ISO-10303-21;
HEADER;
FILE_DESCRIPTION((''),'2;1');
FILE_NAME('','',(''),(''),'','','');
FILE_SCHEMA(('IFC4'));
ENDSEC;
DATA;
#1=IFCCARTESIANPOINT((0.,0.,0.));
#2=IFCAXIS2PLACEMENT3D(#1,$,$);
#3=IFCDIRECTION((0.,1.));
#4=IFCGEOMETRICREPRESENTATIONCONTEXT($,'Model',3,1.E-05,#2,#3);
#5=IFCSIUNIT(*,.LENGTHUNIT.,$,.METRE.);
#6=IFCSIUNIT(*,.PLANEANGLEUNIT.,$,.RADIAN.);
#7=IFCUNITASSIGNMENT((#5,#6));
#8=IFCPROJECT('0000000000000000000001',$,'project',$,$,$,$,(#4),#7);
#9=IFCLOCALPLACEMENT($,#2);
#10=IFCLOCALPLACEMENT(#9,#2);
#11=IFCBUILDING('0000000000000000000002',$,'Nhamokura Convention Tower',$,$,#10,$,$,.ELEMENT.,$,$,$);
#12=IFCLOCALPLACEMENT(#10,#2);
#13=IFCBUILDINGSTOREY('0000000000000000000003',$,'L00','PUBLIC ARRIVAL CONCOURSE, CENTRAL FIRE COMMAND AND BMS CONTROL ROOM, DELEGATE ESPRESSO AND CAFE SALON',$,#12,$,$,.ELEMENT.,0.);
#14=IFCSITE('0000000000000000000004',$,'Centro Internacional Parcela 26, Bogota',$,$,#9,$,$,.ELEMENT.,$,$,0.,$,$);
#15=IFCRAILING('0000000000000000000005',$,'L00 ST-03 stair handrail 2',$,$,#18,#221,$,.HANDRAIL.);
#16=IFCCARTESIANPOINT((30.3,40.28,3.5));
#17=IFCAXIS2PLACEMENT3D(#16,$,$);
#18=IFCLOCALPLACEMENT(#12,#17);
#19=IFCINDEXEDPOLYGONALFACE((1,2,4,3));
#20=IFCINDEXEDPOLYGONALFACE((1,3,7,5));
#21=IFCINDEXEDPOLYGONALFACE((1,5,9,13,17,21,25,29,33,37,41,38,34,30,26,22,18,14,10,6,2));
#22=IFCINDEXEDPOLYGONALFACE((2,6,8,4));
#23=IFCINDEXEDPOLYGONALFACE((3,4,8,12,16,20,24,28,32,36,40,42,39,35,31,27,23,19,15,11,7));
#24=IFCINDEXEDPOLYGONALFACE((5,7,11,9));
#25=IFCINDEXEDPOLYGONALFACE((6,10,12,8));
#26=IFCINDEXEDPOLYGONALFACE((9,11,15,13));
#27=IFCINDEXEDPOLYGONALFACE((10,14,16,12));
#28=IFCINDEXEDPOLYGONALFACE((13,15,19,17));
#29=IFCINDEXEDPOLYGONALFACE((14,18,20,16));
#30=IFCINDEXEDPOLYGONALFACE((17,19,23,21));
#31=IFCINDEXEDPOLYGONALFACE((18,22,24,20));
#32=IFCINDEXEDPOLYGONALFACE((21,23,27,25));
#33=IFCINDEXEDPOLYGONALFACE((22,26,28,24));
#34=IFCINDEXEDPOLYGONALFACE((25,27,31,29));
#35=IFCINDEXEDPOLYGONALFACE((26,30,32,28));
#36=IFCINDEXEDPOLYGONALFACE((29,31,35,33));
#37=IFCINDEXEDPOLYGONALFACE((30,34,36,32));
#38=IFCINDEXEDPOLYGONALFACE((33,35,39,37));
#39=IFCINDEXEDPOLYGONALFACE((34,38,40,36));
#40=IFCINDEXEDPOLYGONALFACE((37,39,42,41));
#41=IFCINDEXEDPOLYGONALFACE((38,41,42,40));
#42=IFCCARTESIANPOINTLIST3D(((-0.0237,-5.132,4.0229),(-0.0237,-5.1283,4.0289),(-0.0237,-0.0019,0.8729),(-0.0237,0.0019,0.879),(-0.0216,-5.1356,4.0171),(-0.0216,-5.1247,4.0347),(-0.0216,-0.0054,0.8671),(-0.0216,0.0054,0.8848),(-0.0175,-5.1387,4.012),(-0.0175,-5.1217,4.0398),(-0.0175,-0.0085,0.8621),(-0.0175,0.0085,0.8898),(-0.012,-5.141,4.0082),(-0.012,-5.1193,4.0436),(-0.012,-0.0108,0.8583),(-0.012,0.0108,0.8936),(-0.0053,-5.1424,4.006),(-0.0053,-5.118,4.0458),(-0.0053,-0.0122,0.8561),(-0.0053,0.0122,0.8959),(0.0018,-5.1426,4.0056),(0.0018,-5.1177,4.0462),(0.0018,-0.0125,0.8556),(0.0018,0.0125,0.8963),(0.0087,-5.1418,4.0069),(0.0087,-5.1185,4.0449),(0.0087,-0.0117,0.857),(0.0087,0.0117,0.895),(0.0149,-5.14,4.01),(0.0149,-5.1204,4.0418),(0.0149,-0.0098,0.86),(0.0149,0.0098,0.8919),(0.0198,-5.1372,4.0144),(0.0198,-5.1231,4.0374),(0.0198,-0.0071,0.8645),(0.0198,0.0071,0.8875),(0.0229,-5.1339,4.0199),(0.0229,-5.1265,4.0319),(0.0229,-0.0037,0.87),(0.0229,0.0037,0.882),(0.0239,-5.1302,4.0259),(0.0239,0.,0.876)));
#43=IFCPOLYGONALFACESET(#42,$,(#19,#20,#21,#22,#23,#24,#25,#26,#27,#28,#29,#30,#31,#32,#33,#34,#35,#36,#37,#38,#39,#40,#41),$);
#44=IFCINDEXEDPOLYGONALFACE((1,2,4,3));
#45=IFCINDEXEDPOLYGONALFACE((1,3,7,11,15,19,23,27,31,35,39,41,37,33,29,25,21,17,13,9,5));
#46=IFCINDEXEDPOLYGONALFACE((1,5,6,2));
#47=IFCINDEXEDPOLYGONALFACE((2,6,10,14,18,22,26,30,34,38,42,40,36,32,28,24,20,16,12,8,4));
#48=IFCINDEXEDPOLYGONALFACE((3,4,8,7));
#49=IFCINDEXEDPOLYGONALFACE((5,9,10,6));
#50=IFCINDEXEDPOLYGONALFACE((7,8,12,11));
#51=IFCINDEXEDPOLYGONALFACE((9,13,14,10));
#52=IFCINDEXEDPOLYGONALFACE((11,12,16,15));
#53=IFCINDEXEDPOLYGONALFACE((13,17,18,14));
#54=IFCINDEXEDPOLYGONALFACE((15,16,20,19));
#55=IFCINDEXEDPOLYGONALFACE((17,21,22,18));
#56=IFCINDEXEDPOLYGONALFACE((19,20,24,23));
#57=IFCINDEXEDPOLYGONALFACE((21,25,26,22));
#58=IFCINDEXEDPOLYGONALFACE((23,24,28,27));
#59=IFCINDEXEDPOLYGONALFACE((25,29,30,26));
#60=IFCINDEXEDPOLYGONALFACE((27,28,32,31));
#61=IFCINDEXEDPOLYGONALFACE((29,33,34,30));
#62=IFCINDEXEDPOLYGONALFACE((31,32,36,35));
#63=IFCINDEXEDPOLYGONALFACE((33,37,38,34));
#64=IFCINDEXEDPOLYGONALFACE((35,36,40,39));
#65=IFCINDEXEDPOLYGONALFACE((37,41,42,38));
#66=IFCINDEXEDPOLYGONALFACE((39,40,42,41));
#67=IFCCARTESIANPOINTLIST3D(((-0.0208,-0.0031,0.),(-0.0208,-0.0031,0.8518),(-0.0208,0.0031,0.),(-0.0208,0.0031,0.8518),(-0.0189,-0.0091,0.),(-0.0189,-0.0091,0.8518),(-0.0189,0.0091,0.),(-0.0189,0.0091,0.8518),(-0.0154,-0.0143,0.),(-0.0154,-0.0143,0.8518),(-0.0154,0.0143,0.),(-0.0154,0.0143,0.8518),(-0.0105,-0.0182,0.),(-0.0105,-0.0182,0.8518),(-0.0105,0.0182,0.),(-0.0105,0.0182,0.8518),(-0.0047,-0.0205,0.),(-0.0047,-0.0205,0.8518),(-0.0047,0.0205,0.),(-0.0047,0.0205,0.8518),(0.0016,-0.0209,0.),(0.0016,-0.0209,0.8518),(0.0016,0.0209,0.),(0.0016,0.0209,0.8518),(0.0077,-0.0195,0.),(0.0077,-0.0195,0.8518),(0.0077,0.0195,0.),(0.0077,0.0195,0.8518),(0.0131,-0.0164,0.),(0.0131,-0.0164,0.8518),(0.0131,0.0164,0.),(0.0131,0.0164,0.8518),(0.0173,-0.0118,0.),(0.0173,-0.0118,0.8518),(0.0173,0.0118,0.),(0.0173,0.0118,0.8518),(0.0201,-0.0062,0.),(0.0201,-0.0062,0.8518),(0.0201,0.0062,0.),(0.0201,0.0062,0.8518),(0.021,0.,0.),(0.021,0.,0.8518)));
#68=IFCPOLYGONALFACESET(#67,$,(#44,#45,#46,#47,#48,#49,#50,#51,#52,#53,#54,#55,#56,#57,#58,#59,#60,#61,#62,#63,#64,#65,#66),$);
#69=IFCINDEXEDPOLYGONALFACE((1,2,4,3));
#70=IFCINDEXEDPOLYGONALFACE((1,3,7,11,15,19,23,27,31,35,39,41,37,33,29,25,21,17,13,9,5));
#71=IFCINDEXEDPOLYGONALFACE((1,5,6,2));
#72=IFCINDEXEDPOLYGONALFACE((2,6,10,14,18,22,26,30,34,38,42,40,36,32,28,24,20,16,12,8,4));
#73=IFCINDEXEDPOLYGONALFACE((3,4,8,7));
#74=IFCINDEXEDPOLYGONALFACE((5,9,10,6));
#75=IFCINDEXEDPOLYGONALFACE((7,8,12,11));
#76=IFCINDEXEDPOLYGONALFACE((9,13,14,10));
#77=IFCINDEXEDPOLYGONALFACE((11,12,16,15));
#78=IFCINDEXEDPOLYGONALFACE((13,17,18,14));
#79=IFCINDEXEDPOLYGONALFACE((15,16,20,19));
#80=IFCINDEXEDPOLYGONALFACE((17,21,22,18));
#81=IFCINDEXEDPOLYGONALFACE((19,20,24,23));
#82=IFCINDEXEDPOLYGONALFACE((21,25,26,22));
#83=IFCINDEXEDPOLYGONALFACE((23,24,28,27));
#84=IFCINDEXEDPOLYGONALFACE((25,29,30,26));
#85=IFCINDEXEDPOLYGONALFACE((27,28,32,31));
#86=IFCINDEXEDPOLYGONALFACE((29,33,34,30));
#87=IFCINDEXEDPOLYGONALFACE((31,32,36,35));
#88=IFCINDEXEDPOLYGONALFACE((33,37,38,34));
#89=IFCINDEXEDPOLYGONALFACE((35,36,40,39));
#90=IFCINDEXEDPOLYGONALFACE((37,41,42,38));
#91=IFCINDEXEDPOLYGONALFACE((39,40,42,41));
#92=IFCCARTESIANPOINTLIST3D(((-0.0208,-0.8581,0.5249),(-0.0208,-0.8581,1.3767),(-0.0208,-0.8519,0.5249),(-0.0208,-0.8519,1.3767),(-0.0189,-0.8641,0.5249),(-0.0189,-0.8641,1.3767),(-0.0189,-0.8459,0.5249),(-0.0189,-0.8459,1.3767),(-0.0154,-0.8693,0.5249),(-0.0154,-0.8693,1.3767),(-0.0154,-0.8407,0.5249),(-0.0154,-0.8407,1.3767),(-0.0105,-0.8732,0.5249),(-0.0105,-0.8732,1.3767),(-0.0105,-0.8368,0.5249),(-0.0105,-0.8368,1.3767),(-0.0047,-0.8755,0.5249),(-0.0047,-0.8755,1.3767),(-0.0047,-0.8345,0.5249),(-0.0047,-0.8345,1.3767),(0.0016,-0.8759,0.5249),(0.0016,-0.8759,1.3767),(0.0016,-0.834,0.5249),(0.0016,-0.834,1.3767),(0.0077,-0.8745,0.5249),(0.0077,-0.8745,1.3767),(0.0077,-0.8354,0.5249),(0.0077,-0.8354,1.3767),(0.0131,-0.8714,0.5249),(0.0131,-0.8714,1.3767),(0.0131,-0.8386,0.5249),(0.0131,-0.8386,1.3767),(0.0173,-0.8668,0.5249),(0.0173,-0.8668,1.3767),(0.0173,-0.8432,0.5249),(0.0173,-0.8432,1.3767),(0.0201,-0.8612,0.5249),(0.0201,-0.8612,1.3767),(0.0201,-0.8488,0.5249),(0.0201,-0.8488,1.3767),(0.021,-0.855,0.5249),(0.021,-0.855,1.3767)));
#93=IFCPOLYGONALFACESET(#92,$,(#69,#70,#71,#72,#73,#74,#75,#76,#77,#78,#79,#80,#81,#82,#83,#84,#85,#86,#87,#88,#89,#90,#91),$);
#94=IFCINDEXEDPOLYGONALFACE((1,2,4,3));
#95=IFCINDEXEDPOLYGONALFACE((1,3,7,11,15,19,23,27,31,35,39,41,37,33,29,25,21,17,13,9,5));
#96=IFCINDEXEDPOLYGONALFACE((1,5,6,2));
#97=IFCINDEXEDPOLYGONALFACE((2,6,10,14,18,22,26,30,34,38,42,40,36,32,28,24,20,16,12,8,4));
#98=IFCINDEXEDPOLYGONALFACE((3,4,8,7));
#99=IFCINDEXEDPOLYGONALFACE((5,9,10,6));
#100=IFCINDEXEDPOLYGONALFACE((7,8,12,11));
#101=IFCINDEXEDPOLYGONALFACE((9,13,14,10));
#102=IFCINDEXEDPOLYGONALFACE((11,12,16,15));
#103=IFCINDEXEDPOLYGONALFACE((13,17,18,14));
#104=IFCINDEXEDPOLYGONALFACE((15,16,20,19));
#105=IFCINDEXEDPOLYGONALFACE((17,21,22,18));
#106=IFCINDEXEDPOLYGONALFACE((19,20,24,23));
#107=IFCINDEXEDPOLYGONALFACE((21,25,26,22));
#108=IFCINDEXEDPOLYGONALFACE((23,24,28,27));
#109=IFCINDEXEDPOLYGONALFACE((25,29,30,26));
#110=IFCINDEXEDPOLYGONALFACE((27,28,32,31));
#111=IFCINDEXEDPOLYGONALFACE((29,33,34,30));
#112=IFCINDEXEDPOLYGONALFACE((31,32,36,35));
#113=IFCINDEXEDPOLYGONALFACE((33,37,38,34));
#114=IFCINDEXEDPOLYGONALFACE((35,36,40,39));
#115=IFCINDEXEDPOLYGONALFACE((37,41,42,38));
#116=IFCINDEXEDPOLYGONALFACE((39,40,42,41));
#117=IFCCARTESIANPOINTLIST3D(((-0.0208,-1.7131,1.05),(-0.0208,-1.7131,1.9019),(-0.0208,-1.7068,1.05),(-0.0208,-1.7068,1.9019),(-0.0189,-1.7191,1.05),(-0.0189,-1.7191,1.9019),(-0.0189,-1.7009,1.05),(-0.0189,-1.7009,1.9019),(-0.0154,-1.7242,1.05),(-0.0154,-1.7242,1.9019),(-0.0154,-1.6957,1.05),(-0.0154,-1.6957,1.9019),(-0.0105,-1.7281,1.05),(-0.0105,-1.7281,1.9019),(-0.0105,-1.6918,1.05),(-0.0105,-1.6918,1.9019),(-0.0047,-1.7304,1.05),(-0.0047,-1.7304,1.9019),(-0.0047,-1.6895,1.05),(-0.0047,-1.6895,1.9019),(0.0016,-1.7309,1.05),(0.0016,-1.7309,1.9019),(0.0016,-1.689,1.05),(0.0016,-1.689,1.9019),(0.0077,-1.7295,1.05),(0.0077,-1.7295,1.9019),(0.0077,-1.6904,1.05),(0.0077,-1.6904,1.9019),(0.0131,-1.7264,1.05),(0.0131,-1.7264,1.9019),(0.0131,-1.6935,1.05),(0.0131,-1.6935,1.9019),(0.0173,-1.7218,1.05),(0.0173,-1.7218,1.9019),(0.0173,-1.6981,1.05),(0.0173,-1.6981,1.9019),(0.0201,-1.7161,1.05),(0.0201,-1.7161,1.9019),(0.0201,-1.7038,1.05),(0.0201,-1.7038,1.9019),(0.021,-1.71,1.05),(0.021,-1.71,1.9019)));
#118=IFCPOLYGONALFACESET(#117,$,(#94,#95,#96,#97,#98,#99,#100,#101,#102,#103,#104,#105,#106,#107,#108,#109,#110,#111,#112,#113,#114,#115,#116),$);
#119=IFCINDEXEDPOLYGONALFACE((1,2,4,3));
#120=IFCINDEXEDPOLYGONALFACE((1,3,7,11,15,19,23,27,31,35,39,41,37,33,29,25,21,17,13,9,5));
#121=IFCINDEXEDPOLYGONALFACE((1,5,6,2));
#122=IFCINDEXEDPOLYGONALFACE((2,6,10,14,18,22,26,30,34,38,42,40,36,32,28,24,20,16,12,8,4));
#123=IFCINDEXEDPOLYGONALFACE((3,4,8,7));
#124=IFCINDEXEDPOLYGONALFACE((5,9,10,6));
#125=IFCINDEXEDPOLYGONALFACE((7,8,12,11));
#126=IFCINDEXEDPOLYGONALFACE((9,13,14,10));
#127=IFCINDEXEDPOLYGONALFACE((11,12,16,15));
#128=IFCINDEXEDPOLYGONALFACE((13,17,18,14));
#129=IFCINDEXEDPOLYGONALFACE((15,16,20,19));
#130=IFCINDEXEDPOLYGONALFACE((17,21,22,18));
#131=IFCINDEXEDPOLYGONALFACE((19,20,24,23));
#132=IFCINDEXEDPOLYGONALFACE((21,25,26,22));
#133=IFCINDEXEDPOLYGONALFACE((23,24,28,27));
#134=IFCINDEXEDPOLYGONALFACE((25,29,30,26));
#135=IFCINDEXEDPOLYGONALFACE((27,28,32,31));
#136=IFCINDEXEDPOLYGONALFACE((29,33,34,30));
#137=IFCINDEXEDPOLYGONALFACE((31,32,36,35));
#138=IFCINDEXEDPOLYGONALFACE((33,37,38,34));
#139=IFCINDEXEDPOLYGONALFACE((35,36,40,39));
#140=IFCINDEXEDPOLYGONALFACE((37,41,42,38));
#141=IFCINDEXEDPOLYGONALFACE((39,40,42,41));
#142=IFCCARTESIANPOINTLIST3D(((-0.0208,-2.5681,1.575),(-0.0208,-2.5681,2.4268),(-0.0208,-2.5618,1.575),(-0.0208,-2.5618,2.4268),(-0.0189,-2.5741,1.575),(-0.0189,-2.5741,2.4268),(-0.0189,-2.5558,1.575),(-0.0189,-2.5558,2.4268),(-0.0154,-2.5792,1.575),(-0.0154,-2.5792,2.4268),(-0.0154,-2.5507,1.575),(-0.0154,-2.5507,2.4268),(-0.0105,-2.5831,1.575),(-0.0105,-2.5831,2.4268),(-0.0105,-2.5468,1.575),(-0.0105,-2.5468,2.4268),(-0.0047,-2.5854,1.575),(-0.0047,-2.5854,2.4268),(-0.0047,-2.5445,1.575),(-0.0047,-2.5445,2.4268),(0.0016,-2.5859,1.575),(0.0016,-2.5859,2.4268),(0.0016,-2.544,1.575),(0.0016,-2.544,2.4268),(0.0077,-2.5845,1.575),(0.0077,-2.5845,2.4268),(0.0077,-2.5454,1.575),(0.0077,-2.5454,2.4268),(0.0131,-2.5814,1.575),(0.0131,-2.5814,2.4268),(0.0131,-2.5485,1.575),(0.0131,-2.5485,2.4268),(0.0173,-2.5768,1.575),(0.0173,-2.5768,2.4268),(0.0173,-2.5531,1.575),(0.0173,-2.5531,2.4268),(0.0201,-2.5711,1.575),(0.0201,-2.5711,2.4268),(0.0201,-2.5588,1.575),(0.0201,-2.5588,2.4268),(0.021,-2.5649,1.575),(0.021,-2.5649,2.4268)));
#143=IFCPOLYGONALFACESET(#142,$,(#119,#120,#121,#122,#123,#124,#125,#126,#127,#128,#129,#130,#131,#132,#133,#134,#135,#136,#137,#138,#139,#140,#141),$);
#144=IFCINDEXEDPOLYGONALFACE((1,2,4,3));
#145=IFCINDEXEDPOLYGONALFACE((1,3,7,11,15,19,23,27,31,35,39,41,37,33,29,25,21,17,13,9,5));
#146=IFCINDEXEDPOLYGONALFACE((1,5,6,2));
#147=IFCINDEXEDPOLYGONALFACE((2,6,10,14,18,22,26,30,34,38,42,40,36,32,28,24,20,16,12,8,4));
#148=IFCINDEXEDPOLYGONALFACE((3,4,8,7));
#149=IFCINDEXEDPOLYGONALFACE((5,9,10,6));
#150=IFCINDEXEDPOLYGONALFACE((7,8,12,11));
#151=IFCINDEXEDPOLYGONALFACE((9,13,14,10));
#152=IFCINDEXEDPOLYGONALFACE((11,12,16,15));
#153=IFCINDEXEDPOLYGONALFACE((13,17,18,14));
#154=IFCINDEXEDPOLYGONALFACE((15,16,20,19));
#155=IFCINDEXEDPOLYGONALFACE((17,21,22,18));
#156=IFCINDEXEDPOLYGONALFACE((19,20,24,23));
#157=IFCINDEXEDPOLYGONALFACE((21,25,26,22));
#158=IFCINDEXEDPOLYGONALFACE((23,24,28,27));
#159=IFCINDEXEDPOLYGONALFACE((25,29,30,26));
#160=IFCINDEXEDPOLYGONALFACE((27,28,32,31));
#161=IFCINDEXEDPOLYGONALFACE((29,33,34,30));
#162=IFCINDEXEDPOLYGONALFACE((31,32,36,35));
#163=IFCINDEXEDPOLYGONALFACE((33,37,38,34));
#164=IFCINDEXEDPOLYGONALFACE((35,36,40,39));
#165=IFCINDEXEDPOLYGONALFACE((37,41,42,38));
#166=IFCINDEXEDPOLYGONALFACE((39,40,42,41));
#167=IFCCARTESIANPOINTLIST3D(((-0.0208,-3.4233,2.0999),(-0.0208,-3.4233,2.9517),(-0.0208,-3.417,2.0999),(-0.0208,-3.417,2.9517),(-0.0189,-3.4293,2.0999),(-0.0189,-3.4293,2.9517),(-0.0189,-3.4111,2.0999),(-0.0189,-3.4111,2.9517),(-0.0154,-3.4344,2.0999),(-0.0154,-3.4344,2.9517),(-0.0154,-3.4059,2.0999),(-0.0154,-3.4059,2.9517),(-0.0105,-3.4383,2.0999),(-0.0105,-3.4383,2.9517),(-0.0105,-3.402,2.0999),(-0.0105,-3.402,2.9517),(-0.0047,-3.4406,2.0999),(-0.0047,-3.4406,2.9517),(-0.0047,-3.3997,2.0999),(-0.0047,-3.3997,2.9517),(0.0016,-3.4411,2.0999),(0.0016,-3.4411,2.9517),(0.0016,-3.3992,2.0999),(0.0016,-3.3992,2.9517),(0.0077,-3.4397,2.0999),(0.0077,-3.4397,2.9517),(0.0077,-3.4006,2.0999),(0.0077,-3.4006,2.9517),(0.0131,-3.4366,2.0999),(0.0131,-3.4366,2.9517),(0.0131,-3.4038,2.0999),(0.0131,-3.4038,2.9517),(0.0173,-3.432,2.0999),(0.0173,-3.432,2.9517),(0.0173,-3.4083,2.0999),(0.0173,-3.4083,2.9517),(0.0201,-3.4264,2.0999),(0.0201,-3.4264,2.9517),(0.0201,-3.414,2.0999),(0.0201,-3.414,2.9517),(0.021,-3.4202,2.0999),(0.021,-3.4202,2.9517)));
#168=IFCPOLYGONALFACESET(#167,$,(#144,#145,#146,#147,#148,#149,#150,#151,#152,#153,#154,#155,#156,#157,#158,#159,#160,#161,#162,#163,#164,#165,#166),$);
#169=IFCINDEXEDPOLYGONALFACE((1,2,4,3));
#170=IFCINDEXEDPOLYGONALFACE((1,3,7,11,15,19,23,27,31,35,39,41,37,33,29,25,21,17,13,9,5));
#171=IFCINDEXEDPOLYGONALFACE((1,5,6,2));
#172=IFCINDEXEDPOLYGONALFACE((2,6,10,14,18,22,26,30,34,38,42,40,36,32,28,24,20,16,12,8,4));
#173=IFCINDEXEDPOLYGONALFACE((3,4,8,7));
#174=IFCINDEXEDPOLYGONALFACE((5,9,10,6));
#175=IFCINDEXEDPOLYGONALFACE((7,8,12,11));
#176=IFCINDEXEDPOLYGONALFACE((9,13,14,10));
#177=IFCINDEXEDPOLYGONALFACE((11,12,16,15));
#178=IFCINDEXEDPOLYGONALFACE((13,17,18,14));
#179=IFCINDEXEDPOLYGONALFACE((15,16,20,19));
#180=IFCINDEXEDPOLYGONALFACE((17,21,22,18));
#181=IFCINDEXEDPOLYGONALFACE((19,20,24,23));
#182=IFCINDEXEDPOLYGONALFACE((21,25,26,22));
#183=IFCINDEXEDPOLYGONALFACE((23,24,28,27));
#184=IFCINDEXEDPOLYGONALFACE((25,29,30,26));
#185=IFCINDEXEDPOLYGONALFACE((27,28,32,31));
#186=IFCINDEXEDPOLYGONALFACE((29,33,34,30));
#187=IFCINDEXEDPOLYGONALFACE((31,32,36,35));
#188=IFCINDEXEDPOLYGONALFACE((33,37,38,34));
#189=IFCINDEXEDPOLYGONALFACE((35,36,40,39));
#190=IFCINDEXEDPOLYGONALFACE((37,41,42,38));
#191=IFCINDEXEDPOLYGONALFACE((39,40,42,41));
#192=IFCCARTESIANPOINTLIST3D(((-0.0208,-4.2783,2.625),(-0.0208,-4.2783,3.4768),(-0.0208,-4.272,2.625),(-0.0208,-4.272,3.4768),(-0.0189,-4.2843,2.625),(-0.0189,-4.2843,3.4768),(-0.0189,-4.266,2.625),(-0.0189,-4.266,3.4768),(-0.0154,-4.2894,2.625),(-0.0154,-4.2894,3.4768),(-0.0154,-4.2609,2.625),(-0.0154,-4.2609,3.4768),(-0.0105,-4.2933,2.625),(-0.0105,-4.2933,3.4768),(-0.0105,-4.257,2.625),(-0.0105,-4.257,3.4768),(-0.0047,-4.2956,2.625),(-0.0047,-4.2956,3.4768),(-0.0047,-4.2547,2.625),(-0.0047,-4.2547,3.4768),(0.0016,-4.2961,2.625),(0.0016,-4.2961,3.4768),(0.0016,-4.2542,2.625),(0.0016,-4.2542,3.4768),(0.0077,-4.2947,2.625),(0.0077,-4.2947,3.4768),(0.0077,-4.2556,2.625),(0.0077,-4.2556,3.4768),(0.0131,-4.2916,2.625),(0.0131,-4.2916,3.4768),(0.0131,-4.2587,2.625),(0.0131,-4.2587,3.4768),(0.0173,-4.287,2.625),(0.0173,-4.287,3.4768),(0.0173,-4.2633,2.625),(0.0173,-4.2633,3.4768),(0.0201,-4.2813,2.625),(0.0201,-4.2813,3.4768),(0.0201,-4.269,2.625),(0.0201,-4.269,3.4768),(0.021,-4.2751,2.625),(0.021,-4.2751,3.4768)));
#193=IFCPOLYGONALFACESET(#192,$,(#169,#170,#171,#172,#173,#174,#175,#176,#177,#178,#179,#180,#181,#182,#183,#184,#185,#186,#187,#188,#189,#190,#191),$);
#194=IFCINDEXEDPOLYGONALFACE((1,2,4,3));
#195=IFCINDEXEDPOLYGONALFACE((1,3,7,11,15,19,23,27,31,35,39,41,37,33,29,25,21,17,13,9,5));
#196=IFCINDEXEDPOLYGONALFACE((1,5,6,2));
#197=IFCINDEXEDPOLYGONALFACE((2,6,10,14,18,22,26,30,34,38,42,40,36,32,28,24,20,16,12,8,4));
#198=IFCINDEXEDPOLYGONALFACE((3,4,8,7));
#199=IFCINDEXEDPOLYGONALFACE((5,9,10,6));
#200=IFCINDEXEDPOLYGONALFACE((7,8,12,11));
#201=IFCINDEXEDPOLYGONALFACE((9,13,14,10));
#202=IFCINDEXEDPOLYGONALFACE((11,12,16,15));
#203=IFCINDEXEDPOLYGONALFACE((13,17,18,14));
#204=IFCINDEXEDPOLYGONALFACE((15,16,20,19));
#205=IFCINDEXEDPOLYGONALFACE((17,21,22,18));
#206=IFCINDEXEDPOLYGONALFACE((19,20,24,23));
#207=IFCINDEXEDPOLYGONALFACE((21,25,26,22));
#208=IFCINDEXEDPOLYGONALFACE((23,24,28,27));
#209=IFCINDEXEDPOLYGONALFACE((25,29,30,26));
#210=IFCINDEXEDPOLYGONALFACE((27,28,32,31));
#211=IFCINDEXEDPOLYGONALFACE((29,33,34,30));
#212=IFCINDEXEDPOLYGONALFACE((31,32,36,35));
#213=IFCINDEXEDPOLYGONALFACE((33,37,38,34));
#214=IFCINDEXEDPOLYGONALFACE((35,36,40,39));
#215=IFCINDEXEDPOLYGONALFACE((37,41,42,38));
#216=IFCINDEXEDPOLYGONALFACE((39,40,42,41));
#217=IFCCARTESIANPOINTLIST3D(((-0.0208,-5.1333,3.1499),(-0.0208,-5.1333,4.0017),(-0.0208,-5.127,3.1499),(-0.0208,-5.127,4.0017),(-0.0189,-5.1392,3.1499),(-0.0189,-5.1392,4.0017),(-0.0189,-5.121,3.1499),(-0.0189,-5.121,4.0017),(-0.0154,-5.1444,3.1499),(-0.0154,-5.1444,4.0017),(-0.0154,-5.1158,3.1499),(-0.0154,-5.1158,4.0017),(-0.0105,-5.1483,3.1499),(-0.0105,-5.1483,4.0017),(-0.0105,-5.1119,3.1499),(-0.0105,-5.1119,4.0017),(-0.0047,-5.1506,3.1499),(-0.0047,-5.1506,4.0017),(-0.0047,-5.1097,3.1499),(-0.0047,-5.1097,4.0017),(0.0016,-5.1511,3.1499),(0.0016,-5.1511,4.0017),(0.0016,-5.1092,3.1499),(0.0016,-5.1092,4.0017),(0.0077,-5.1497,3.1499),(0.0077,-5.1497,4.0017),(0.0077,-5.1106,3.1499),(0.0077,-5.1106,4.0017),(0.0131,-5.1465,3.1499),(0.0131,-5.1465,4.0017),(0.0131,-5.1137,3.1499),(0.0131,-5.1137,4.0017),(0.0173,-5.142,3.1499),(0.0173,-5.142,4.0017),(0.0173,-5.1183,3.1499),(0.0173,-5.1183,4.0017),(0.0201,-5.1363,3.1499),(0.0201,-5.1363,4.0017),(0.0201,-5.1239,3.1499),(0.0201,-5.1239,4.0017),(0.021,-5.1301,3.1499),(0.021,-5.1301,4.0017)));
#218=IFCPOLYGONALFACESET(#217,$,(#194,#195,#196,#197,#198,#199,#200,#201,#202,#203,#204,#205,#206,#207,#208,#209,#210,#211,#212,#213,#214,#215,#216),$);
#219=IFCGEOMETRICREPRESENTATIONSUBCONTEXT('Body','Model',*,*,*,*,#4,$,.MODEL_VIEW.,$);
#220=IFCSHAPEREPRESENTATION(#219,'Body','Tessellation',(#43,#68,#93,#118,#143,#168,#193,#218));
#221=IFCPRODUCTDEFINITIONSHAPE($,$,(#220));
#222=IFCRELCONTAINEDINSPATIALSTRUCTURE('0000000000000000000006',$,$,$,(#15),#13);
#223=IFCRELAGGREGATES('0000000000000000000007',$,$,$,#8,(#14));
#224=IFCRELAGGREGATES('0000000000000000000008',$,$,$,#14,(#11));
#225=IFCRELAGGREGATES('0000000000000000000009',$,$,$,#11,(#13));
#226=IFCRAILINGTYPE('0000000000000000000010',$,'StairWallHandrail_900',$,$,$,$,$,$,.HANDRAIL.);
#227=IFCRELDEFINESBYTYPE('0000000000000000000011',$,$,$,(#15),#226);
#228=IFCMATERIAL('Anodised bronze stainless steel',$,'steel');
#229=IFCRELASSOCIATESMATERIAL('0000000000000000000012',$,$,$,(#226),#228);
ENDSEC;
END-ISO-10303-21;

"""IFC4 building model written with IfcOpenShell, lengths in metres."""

from ifc_helpers import new_model, si_unit, direction, frame, origin, origin_2d, place, context, subcontext, project, spatial, circle, extrude, material, type_object, element, save


model = new_model("IFC4")

# Units and contexts
model_context = context("Model", 3, precision=1e-05, world=origin(), true_north=direction((0.0, 1.0)))
body_context = subcontext(model_context, "Body", "Model", "MODEL_VIEW")
ifc_project = project(units=[si_unit("LENGTHUNIT", "METRE"), si_unit("PLANEANGLEUNIT", "RADIAN")], contexts=[model_context])

# Site, building, storey
site_placement = place(None, origin())
site = spatial("IfcSite", under=ifc_project, at=site_placement, Name="Centro Internacional Parcela 26, Bogota", CompositionType="ELEMENT", RefElevation=0.0)
building_placement = place(site_placement, origin())
building = spatial("IfcBuilding", under=site, at=building_placement, Name="Nhamokura Convention Tower", CompositionType="ELEMENT")
storey_placement = place(building_placement, origin())
storey = spatial("IfcBuildingStorey", under=building, at=storey_placement, Name="L00", Description="PUBLIC ARRIVAL CONCOURSE, CENTRAL FIRE COMMAND AND BMS CONTROL ROOM, DELEGATE ESPRESSO AND CAFE SALON", CompositionType="ELEMENT", Elevation=0.0)

# Railing
ifc_material_1 = material(Name="Anodised bronze stainless steel", Category="steel")
railing_type = type_object("IfcRailingType", Name="StairWallHandrail_900", PredefinedType="HANDRAIL", material=ifc_material_1)
railing_placement = place(storey_placement, frame((30.3, 40.28, 3.5)))
element("IfcRailing", 1, at=railing_placement, inside=storey, type_object=railing_type, Name="L00 ST-03 stair handrail 2", PredefinedType="HANDRAIL", context=body_context, shape_type="SweptSolid", body=[
    extrude(circle(Radius=0.0239, at=origin_2d()), frame((0.0, 0.0, 0.876), z_axis=(0.0, -0.852184, 0.523242), x_axis=(1.0, 0.0, 0.0)), (0.0, 0.0, 1.0), 6.02),
    extrude(circle(Radius=0.021, at=origin_2d()), origin(), (0.0, 0.0, 1.0), 0.8518),
    extrude(circle(Radius=0.021, at=origin_2d()), frame((0.0, -0.855, 0.5249)), (0.0, 0.0, 1.0), 0.8518),
    extrude(circle(Radius=0.021, at=origin_2d()), frame((0.0, -1.71, 1.05)), (0.0, 0.0, 1.0), 0.8518),
    extrude(circle(Radius=0.021, at=origin_2d()), frame((0.0, -2.5649, 1.575)), (0.0, 0.0, 1.0), 0.8518),
    extrude(circle(Radius=0.021, at=origin_2d()), frame((0.0, -3.4202, 2.0999)), (0.0, 0.0, 1.0), 0.8518),
    extrude(circle(Radius=0.021, at=origin_2d()), frame((0.0, -4.2751, 2.625)), (0.0, 0.0, 1.0), 0.8518),
    extrude(circle(Radius=0.021, at=origin_2d()), frame((0.0, -5.1301, 3.1499)), (0.0, 0.0, 1.0), 0.8518),
])

save(model, "model.ifc")
